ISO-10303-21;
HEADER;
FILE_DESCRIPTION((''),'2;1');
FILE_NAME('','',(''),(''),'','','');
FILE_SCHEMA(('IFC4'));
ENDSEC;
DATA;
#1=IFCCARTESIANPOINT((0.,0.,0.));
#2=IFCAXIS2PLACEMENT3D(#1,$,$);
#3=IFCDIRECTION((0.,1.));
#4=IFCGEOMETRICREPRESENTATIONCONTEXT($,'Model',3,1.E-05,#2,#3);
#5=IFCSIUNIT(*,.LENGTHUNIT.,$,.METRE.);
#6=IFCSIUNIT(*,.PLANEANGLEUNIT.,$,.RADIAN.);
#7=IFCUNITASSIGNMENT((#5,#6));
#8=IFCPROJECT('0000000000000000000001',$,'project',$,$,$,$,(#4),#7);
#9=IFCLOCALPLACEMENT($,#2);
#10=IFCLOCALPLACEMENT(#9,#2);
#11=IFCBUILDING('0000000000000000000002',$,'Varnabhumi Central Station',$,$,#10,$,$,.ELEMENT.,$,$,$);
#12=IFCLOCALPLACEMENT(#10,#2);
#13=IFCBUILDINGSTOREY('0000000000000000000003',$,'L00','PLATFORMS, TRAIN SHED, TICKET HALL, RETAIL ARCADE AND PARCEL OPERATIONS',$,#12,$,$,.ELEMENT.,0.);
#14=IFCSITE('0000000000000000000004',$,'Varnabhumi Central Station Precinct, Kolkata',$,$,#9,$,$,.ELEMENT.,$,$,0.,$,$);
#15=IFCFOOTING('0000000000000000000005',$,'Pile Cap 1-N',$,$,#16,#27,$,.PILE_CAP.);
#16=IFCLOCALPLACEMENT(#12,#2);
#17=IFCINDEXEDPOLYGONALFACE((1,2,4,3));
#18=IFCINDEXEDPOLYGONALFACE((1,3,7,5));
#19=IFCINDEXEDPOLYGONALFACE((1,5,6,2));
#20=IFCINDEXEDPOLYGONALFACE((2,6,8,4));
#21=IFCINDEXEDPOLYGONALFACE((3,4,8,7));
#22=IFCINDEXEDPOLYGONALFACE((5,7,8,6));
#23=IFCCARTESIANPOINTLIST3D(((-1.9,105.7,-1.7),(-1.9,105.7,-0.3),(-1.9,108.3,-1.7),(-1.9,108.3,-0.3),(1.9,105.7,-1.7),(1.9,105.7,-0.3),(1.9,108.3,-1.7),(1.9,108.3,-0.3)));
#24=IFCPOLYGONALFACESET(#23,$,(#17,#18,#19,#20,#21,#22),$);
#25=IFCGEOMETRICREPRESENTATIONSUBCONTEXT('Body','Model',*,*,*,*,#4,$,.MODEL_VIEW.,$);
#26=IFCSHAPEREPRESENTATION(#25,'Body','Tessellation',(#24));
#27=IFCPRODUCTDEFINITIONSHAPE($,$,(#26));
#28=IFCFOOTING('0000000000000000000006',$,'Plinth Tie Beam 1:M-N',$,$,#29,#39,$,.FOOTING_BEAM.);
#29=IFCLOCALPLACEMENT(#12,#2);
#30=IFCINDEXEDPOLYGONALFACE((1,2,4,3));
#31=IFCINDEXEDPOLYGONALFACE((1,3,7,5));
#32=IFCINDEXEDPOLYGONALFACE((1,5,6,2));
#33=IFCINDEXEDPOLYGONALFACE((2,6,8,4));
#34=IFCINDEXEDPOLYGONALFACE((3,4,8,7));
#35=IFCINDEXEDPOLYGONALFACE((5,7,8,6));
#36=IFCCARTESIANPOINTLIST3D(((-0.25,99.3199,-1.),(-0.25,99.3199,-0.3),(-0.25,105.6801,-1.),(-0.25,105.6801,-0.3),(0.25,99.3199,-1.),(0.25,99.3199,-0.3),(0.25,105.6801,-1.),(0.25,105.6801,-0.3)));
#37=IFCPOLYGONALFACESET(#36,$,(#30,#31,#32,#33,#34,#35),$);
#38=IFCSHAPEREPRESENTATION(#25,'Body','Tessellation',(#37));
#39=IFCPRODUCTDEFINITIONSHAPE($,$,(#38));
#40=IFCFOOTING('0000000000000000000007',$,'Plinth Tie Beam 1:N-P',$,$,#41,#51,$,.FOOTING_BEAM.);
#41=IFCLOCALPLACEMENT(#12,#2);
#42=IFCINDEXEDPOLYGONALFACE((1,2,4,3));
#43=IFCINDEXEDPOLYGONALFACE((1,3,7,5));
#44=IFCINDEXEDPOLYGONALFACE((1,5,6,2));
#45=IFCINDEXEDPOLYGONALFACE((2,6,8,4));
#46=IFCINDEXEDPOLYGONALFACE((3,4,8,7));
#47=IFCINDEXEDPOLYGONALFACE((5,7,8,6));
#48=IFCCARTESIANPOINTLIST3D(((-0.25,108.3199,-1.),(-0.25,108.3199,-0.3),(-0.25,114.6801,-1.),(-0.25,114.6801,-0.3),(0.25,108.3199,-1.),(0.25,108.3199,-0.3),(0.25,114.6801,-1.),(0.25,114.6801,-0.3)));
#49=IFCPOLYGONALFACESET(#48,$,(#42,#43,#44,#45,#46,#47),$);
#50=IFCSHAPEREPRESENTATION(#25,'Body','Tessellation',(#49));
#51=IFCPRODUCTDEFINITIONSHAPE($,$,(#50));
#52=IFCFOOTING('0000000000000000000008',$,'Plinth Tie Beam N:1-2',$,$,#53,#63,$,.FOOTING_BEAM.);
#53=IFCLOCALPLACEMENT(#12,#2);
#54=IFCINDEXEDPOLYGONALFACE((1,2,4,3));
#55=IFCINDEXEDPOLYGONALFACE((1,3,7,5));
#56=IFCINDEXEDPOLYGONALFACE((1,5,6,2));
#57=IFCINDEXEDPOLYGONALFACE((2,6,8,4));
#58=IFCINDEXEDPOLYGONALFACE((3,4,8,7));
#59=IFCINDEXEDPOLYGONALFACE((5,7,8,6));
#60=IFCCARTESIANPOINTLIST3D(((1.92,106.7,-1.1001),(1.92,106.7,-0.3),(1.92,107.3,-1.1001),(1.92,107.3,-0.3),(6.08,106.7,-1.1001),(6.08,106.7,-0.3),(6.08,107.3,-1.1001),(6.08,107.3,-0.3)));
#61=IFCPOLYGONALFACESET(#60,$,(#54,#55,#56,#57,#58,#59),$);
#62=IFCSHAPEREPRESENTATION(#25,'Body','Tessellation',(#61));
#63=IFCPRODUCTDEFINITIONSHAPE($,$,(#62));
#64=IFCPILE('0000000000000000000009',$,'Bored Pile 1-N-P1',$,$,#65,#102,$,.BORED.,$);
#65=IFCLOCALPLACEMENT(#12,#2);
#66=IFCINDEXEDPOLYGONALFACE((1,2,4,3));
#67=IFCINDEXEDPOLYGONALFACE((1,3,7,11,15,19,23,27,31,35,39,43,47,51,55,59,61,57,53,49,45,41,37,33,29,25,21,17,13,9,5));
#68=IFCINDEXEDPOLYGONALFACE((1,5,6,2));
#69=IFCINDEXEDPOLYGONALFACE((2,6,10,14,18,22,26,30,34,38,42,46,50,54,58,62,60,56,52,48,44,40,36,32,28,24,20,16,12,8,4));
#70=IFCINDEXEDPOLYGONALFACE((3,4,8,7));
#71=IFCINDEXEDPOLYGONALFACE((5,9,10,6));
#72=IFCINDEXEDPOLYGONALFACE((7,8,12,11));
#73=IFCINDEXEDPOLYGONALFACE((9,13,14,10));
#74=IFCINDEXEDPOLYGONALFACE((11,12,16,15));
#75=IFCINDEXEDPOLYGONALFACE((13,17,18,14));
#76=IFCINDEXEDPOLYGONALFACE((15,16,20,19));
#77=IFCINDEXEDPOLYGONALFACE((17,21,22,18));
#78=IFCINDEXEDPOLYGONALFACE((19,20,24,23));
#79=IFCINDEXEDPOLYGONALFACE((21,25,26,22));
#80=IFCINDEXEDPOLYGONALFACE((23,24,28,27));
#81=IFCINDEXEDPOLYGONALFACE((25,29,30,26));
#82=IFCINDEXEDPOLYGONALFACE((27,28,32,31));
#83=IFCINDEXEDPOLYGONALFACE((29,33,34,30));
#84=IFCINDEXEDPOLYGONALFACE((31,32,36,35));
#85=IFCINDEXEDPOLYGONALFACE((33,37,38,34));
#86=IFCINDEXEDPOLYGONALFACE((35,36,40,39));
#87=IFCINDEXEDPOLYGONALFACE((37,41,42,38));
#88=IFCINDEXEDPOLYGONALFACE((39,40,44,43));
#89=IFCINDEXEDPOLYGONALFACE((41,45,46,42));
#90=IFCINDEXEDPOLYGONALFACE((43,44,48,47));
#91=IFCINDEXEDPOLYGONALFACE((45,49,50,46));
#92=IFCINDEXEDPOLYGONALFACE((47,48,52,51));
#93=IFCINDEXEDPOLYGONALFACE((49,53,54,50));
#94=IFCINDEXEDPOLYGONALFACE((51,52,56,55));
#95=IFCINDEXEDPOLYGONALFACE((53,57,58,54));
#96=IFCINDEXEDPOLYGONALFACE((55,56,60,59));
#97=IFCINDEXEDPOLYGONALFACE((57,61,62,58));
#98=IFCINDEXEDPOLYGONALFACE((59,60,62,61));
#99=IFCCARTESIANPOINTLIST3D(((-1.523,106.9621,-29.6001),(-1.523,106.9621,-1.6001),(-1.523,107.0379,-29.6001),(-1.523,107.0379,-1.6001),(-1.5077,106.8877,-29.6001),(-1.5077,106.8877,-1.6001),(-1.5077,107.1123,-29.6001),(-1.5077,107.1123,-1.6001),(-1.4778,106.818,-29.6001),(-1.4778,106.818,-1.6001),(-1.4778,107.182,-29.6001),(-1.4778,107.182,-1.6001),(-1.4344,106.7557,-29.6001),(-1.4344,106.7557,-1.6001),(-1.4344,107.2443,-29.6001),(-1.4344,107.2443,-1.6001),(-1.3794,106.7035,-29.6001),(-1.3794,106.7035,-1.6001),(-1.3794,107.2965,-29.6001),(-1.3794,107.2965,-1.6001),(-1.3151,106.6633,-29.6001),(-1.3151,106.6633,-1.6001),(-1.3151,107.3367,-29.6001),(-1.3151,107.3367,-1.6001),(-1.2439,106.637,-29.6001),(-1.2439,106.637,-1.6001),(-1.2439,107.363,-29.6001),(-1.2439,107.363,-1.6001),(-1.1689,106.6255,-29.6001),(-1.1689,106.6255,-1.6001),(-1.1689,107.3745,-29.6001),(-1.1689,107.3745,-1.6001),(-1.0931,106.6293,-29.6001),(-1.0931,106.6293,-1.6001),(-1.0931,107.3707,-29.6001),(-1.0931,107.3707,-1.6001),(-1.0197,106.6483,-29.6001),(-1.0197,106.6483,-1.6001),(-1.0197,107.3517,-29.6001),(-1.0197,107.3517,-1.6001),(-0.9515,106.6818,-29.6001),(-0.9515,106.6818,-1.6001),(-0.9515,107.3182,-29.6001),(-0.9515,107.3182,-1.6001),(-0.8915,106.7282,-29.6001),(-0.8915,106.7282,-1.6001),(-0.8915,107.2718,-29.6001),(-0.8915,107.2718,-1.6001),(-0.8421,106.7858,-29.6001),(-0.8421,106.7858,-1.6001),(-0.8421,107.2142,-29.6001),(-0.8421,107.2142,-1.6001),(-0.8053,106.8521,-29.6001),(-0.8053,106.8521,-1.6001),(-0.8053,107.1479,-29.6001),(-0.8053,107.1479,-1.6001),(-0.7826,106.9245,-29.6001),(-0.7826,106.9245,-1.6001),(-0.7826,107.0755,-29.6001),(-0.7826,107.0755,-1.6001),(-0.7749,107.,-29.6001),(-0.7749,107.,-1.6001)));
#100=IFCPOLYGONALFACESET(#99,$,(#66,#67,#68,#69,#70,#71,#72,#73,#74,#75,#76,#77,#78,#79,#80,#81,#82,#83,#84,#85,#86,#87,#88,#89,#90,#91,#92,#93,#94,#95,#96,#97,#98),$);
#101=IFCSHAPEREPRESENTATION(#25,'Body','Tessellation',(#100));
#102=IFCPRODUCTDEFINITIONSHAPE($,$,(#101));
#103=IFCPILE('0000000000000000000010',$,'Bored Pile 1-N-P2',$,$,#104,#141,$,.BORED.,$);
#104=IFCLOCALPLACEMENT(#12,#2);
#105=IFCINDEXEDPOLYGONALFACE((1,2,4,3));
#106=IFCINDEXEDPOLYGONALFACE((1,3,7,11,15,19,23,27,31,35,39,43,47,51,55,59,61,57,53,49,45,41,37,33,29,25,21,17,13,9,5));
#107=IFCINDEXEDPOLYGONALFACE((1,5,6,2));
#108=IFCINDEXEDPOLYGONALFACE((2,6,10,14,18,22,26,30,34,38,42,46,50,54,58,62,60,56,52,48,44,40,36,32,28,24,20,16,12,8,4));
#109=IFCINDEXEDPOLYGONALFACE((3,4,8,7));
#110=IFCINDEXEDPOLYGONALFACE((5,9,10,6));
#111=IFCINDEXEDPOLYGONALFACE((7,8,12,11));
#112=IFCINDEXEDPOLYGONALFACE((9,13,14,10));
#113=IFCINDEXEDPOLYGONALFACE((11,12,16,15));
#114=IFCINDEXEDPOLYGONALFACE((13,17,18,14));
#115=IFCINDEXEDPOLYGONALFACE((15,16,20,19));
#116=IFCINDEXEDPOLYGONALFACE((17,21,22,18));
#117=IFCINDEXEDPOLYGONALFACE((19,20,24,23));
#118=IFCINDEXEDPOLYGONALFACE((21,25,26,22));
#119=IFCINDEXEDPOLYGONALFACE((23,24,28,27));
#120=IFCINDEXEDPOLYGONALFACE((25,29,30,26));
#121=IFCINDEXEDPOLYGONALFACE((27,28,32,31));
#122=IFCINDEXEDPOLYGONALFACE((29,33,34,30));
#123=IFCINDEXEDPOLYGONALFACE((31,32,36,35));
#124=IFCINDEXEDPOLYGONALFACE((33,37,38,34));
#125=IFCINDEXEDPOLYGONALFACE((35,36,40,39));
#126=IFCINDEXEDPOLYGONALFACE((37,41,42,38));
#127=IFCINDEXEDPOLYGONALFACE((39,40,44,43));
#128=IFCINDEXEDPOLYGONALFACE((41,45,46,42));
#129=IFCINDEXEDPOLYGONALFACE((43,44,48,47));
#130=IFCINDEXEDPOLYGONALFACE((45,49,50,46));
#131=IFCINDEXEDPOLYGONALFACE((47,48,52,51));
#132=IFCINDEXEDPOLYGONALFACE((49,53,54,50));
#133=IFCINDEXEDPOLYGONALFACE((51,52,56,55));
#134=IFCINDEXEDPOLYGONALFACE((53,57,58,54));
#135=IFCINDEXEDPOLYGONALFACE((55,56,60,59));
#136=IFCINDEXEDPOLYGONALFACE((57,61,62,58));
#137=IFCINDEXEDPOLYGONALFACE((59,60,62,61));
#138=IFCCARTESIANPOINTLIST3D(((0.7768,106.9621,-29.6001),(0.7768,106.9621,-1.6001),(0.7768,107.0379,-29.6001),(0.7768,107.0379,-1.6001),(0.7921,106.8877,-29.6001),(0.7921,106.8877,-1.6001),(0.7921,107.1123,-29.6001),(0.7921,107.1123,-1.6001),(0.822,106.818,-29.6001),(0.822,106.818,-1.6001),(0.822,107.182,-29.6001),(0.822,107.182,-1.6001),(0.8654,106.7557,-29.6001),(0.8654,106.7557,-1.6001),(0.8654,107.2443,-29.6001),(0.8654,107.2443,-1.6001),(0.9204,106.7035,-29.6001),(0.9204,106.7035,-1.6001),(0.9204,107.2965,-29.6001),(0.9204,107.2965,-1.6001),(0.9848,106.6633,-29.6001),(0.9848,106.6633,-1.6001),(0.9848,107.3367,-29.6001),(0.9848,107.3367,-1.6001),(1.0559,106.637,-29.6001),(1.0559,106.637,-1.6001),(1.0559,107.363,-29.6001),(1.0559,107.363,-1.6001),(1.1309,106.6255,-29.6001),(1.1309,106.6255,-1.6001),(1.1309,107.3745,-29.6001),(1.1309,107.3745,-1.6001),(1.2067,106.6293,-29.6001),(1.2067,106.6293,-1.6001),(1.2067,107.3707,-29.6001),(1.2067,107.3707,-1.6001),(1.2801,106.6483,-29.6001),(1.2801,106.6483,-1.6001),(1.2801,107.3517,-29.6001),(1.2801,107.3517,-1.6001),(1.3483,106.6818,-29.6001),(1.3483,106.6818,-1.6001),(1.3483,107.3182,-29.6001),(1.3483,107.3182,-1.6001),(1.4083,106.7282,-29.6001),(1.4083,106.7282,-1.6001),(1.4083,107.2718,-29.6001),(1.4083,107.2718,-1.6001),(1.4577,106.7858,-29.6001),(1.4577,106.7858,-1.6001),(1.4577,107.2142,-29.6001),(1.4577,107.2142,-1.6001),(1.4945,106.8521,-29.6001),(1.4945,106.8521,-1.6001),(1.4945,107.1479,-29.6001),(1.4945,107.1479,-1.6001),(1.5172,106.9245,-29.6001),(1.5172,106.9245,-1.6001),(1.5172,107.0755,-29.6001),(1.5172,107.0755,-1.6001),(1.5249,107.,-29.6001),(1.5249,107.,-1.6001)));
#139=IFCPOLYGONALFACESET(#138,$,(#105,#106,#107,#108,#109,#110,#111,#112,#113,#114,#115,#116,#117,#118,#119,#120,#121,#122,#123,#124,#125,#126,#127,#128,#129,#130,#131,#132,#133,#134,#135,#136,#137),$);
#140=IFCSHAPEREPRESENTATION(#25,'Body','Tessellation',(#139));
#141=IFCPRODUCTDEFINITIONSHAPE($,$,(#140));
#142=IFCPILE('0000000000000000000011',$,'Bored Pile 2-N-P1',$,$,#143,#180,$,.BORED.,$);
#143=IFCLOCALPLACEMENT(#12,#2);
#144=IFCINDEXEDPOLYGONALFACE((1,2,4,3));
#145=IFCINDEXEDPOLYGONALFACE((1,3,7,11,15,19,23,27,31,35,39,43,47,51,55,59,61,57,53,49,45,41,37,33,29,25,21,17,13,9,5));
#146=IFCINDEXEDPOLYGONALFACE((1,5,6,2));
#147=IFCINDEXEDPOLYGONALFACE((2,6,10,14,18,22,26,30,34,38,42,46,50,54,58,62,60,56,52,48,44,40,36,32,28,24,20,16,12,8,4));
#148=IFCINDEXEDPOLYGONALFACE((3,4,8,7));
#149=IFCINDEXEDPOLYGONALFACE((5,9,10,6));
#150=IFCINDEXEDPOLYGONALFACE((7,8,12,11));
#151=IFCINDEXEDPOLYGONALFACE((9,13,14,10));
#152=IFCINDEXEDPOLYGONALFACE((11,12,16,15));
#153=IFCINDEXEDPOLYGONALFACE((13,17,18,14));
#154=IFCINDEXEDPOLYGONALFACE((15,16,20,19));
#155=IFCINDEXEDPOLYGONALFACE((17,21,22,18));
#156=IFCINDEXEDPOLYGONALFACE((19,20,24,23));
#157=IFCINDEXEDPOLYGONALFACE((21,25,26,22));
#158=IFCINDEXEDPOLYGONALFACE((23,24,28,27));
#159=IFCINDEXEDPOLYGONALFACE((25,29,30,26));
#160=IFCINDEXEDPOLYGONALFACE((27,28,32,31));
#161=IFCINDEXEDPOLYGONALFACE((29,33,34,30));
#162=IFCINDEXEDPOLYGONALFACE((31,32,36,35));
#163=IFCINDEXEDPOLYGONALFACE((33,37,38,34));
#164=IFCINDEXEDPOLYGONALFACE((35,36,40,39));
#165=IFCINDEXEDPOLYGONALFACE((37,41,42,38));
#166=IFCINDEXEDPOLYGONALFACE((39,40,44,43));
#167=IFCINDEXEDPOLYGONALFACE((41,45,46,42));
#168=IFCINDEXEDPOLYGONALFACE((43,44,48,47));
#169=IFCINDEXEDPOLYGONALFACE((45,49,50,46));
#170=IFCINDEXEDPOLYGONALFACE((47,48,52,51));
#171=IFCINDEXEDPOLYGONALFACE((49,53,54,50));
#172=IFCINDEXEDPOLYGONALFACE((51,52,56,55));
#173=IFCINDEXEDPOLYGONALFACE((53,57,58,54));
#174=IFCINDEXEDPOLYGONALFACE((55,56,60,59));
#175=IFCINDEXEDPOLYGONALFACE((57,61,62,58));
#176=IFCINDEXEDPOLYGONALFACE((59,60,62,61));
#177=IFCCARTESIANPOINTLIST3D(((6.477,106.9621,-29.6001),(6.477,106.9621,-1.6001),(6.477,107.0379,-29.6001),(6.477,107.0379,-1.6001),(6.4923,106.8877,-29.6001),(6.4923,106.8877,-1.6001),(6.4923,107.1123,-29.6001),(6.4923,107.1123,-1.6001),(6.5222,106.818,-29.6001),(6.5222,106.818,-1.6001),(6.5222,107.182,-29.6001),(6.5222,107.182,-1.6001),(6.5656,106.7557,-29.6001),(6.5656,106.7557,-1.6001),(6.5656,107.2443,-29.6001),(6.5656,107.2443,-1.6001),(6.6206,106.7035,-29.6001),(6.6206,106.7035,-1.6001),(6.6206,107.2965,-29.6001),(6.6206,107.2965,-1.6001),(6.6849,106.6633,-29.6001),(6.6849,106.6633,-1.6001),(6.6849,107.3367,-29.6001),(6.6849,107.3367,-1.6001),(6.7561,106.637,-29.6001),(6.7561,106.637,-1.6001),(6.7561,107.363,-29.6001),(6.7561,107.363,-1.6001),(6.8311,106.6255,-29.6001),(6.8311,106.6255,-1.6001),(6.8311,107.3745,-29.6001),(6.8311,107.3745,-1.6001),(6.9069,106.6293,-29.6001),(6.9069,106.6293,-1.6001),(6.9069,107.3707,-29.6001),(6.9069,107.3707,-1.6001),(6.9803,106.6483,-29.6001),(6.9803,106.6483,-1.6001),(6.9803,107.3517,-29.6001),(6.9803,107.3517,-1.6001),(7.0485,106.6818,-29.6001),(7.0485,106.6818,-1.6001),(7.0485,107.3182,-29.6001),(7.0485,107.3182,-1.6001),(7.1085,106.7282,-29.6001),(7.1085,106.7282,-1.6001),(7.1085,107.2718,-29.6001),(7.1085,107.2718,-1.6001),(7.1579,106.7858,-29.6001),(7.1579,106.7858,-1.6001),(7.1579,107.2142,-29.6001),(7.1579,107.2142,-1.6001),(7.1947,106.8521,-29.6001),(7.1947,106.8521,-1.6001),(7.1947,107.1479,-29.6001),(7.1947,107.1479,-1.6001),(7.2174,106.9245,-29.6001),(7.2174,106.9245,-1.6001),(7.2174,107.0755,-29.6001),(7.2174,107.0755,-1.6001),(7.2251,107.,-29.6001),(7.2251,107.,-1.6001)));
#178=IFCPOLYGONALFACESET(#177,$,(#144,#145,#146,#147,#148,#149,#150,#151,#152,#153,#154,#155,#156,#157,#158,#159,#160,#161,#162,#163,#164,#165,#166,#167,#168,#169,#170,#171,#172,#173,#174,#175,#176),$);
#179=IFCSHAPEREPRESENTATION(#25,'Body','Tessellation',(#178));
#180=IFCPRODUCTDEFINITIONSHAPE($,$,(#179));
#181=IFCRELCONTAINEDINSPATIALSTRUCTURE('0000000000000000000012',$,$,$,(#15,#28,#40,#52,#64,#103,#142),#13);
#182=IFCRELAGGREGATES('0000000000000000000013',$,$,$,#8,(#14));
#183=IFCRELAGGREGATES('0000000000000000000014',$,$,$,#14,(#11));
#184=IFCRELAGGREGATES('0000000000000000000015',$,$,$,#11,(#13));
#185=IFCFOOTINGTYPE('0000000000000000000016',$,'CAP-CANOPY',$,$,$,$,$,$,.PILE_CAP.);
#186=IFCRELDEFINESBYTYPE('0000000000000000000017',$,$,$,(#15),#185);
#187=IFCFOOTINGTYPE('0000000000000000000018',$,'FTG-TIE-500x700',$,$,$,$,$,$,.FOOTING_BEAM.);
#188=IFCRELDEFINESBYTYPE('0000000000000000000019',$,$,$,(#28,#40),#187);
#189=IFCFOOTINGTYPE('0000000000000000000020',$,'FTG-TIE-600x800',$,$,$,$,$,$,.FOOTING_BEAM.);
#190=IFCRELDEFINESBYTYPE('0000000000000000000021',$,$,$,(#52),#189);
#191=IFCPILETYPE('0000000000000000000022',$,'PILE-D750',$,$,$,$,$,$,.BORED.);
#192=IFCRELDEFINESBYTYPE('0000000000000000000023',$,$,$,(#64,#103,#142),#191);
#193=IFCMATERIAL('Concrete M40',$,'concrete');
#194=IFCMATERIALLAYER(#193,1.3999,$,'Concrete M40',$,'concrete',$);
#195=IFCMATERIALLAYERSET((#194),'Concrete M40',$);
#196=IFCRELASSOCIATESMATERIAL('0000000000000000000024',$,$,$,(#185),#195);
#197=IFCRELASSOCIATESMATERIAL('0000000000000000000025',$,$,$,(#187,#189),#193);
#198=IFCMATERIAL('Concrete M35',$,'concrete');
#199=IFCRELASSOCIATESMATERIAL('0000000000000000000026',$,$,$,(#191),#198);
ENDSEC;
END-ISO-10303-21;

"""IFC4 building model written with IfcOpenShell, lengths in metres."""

from ifc_helpers import new_model, si_unit, direction, frame, origin, origin_2d, place, context, subcontext, project, spatial, rectangle, circle, extrude, material, layer, layer_set, material_profile, profile_set, type_object, element, save


model = new_model("IFC4")

# Units and contexts
model_context = context("Model", 3, precision=1e-05, world=origin(), true_north=direction((0.0, 1.0)))
body_context = subcontext(model_context, "Body", "Model", "MODEL_VIEW")
ifc_project = project(units=[si_unit("LENGTHUNIT", "METRE"), si_unit("PLANEANGLEUNIT", "RADIAN")], contexts=[model_context])

# Site, building, storey
site_placement = place(None, origin())
site = spatial("IfcSite", under=ifc_project, at=site_placement, Name="Varnabhumi Central Station Precinct, Kolkata", CompositionType="ELEMENT", RefElevation=0.0)
building_placement = place(site_placement, origin())
building = spatial("IfcBuilding", under=site, at=building_placement, Name="Varnabhumi Central Station", CompositionType="ELEMENT")
storey_placement = place(building_placement, origin())
storey = spatial("IfcBuildingStorey", under=building, at=storey_placement, Name="L00", Description="PLATFORMS, TRAIN SHED, TICKET HALL, RETAIL ARCADE AND PARCEL OPERATIONS", CompositionType="ELEMENT", Elevation=0.0)

# Footings
ifc_material_1 = material(Name="Concrete M40", Category="concrete")
ifc_layer_1 = layer(ifc_material_1, 1.3999, Name="Concrete M40", Category="concrete")
ifc_layer_set_1 = layer_set([ifc_layer_1], Name="Concrete M40")
footing_type_1 = type_object("IfcFootingType", Name="CAP-CANOPY", PredefinedType="PILE_CAP", material=ifc_layer_set_1)
footing_1_placement = place(storey_placement, frame((0.0, 107.0, -1.7), z_axis=(0.0, 0.0, 1.0), x_axis=(1.0, 0.0, 0.0)))
element("IfcFooting", 1, at=footing_1_placement, inside=storey, type_object=footing_type_1, Name="Pile Cap 1-N", PredefinedType="PILE_CAP", context=body_context, shape_type="SweptSolid", body=[
    extrude(rectangle(XDim=3.8, YDim=2.6001, at=origin_2d()), origin(), (0.0, 0.0, 1.0), 1.3999),
])
footing_type_2 = type_object("IfcFootingType", Name="FTG-TIE-500x700", PredefinedType="FOOTING_BEAM", material=ifc_material_1)
for number, where, z_axis, x_axis, name in (
    (2, (0.0, 102.5, -1.0), (0.0, 0.0, 1.0), (1.0, 0.0, 0.0), "Plinth Tie Beam 1:M-N"),
    (3, (0.0, 111.5, -1.0), (0.0, 0.0, 1.0), (1.0, 0.0, 0.0), "Plinth Tie Beam 1:N-P"),
):
    element("IfcFooting", number, at=place(storey_placement, frame(where, z_axis=z_axis, x_axis=x_axis)), inside=storey, type_object=footing_type_2, Name=name, PredefinedType="FOOTING_BEAM", context=body_context, shape_type="SweptSolid", body=[
        extrude(rectangle(XDim=0.5, YDim=6.3601, at=origin_2d()), origin(), (0.0, 0.0, 1.0), 0.7),
    ])
footing_type_3 = type_object("IfcFootingType", Name="FTG-TIE-600x800", PredefinedType="FOOTING_BEAM", material=ifc_material_1)
footing_2_placement = place(storey_placement, frame((4.0, 107.0, -1.1001), z_axis=(0.0, 0.0, 1.0), x_axis=(1.0, 0.0, 0.0)))
element("IfcFooting", 4, at=footing_2_placement, inside=storey, type_object=footing_type_3, Name="Plinth Tie Beam N:1-2", PredefinedType="FOOTING_BEAM", context=body_context, shape_type="SweptSolid", body=[
    extrude(rectangle(XDim=4.1599, YDim=0.6001, at=origin_2d()), origin(), (0.0, 0.0, 1.0), 0.8),
])

# Piles
ifc_material_2 = material(Name="Concrete M35", Category="concrete")
ifc_material_profile_1 = material_profile(ifc_material_2, circle(Radius=0.375, at=origin_2d()), Name="Concrete M35", Category="concrete")
ifc_profile_set_1 = profile_set([ifc_material_profile_1], Name="Concrete M35")
pile_type = type_object("IfcPileType", Name="PILE-D750", PredefinedType="BORED", material=ifc_profile_set_1)
for number, where, z_axis, x_axis, name in (
    (5, (-1.1499, 107.0, -1.6001), (0.0, 0.0, -1.0), (1.0, 0.0, 0.0), "Bored Pile 1-N-P1"),
    (6, (1.1499, 107.0, -1.6001), (0.0, 0.0, -1.0), (1.0, 0.0, 0.0), "Bored Pile 1-N-P2"),
    (7, (6.8501, 107.0, -1.6001), (0.0, 0.0, -1.0), (1.0, 0.0, 0.0), "Bored Pile 2-N-P1"),
):
    element("IfcPile", number, at=place(storey_placement, frame(where, z_axis=z_axis, x_axis=x_axis)), inside=storey, type_object=pile_type, Name=name, PredefinedType="BORED", context=body_context, shape_type="SweptSolid", body=[
        extrude(circle(Radius=0.375, at=origin_2d()), origin(), (0.0, 0.0, 1.0), 28.0),
    ])

save(model, "model.ifc")
